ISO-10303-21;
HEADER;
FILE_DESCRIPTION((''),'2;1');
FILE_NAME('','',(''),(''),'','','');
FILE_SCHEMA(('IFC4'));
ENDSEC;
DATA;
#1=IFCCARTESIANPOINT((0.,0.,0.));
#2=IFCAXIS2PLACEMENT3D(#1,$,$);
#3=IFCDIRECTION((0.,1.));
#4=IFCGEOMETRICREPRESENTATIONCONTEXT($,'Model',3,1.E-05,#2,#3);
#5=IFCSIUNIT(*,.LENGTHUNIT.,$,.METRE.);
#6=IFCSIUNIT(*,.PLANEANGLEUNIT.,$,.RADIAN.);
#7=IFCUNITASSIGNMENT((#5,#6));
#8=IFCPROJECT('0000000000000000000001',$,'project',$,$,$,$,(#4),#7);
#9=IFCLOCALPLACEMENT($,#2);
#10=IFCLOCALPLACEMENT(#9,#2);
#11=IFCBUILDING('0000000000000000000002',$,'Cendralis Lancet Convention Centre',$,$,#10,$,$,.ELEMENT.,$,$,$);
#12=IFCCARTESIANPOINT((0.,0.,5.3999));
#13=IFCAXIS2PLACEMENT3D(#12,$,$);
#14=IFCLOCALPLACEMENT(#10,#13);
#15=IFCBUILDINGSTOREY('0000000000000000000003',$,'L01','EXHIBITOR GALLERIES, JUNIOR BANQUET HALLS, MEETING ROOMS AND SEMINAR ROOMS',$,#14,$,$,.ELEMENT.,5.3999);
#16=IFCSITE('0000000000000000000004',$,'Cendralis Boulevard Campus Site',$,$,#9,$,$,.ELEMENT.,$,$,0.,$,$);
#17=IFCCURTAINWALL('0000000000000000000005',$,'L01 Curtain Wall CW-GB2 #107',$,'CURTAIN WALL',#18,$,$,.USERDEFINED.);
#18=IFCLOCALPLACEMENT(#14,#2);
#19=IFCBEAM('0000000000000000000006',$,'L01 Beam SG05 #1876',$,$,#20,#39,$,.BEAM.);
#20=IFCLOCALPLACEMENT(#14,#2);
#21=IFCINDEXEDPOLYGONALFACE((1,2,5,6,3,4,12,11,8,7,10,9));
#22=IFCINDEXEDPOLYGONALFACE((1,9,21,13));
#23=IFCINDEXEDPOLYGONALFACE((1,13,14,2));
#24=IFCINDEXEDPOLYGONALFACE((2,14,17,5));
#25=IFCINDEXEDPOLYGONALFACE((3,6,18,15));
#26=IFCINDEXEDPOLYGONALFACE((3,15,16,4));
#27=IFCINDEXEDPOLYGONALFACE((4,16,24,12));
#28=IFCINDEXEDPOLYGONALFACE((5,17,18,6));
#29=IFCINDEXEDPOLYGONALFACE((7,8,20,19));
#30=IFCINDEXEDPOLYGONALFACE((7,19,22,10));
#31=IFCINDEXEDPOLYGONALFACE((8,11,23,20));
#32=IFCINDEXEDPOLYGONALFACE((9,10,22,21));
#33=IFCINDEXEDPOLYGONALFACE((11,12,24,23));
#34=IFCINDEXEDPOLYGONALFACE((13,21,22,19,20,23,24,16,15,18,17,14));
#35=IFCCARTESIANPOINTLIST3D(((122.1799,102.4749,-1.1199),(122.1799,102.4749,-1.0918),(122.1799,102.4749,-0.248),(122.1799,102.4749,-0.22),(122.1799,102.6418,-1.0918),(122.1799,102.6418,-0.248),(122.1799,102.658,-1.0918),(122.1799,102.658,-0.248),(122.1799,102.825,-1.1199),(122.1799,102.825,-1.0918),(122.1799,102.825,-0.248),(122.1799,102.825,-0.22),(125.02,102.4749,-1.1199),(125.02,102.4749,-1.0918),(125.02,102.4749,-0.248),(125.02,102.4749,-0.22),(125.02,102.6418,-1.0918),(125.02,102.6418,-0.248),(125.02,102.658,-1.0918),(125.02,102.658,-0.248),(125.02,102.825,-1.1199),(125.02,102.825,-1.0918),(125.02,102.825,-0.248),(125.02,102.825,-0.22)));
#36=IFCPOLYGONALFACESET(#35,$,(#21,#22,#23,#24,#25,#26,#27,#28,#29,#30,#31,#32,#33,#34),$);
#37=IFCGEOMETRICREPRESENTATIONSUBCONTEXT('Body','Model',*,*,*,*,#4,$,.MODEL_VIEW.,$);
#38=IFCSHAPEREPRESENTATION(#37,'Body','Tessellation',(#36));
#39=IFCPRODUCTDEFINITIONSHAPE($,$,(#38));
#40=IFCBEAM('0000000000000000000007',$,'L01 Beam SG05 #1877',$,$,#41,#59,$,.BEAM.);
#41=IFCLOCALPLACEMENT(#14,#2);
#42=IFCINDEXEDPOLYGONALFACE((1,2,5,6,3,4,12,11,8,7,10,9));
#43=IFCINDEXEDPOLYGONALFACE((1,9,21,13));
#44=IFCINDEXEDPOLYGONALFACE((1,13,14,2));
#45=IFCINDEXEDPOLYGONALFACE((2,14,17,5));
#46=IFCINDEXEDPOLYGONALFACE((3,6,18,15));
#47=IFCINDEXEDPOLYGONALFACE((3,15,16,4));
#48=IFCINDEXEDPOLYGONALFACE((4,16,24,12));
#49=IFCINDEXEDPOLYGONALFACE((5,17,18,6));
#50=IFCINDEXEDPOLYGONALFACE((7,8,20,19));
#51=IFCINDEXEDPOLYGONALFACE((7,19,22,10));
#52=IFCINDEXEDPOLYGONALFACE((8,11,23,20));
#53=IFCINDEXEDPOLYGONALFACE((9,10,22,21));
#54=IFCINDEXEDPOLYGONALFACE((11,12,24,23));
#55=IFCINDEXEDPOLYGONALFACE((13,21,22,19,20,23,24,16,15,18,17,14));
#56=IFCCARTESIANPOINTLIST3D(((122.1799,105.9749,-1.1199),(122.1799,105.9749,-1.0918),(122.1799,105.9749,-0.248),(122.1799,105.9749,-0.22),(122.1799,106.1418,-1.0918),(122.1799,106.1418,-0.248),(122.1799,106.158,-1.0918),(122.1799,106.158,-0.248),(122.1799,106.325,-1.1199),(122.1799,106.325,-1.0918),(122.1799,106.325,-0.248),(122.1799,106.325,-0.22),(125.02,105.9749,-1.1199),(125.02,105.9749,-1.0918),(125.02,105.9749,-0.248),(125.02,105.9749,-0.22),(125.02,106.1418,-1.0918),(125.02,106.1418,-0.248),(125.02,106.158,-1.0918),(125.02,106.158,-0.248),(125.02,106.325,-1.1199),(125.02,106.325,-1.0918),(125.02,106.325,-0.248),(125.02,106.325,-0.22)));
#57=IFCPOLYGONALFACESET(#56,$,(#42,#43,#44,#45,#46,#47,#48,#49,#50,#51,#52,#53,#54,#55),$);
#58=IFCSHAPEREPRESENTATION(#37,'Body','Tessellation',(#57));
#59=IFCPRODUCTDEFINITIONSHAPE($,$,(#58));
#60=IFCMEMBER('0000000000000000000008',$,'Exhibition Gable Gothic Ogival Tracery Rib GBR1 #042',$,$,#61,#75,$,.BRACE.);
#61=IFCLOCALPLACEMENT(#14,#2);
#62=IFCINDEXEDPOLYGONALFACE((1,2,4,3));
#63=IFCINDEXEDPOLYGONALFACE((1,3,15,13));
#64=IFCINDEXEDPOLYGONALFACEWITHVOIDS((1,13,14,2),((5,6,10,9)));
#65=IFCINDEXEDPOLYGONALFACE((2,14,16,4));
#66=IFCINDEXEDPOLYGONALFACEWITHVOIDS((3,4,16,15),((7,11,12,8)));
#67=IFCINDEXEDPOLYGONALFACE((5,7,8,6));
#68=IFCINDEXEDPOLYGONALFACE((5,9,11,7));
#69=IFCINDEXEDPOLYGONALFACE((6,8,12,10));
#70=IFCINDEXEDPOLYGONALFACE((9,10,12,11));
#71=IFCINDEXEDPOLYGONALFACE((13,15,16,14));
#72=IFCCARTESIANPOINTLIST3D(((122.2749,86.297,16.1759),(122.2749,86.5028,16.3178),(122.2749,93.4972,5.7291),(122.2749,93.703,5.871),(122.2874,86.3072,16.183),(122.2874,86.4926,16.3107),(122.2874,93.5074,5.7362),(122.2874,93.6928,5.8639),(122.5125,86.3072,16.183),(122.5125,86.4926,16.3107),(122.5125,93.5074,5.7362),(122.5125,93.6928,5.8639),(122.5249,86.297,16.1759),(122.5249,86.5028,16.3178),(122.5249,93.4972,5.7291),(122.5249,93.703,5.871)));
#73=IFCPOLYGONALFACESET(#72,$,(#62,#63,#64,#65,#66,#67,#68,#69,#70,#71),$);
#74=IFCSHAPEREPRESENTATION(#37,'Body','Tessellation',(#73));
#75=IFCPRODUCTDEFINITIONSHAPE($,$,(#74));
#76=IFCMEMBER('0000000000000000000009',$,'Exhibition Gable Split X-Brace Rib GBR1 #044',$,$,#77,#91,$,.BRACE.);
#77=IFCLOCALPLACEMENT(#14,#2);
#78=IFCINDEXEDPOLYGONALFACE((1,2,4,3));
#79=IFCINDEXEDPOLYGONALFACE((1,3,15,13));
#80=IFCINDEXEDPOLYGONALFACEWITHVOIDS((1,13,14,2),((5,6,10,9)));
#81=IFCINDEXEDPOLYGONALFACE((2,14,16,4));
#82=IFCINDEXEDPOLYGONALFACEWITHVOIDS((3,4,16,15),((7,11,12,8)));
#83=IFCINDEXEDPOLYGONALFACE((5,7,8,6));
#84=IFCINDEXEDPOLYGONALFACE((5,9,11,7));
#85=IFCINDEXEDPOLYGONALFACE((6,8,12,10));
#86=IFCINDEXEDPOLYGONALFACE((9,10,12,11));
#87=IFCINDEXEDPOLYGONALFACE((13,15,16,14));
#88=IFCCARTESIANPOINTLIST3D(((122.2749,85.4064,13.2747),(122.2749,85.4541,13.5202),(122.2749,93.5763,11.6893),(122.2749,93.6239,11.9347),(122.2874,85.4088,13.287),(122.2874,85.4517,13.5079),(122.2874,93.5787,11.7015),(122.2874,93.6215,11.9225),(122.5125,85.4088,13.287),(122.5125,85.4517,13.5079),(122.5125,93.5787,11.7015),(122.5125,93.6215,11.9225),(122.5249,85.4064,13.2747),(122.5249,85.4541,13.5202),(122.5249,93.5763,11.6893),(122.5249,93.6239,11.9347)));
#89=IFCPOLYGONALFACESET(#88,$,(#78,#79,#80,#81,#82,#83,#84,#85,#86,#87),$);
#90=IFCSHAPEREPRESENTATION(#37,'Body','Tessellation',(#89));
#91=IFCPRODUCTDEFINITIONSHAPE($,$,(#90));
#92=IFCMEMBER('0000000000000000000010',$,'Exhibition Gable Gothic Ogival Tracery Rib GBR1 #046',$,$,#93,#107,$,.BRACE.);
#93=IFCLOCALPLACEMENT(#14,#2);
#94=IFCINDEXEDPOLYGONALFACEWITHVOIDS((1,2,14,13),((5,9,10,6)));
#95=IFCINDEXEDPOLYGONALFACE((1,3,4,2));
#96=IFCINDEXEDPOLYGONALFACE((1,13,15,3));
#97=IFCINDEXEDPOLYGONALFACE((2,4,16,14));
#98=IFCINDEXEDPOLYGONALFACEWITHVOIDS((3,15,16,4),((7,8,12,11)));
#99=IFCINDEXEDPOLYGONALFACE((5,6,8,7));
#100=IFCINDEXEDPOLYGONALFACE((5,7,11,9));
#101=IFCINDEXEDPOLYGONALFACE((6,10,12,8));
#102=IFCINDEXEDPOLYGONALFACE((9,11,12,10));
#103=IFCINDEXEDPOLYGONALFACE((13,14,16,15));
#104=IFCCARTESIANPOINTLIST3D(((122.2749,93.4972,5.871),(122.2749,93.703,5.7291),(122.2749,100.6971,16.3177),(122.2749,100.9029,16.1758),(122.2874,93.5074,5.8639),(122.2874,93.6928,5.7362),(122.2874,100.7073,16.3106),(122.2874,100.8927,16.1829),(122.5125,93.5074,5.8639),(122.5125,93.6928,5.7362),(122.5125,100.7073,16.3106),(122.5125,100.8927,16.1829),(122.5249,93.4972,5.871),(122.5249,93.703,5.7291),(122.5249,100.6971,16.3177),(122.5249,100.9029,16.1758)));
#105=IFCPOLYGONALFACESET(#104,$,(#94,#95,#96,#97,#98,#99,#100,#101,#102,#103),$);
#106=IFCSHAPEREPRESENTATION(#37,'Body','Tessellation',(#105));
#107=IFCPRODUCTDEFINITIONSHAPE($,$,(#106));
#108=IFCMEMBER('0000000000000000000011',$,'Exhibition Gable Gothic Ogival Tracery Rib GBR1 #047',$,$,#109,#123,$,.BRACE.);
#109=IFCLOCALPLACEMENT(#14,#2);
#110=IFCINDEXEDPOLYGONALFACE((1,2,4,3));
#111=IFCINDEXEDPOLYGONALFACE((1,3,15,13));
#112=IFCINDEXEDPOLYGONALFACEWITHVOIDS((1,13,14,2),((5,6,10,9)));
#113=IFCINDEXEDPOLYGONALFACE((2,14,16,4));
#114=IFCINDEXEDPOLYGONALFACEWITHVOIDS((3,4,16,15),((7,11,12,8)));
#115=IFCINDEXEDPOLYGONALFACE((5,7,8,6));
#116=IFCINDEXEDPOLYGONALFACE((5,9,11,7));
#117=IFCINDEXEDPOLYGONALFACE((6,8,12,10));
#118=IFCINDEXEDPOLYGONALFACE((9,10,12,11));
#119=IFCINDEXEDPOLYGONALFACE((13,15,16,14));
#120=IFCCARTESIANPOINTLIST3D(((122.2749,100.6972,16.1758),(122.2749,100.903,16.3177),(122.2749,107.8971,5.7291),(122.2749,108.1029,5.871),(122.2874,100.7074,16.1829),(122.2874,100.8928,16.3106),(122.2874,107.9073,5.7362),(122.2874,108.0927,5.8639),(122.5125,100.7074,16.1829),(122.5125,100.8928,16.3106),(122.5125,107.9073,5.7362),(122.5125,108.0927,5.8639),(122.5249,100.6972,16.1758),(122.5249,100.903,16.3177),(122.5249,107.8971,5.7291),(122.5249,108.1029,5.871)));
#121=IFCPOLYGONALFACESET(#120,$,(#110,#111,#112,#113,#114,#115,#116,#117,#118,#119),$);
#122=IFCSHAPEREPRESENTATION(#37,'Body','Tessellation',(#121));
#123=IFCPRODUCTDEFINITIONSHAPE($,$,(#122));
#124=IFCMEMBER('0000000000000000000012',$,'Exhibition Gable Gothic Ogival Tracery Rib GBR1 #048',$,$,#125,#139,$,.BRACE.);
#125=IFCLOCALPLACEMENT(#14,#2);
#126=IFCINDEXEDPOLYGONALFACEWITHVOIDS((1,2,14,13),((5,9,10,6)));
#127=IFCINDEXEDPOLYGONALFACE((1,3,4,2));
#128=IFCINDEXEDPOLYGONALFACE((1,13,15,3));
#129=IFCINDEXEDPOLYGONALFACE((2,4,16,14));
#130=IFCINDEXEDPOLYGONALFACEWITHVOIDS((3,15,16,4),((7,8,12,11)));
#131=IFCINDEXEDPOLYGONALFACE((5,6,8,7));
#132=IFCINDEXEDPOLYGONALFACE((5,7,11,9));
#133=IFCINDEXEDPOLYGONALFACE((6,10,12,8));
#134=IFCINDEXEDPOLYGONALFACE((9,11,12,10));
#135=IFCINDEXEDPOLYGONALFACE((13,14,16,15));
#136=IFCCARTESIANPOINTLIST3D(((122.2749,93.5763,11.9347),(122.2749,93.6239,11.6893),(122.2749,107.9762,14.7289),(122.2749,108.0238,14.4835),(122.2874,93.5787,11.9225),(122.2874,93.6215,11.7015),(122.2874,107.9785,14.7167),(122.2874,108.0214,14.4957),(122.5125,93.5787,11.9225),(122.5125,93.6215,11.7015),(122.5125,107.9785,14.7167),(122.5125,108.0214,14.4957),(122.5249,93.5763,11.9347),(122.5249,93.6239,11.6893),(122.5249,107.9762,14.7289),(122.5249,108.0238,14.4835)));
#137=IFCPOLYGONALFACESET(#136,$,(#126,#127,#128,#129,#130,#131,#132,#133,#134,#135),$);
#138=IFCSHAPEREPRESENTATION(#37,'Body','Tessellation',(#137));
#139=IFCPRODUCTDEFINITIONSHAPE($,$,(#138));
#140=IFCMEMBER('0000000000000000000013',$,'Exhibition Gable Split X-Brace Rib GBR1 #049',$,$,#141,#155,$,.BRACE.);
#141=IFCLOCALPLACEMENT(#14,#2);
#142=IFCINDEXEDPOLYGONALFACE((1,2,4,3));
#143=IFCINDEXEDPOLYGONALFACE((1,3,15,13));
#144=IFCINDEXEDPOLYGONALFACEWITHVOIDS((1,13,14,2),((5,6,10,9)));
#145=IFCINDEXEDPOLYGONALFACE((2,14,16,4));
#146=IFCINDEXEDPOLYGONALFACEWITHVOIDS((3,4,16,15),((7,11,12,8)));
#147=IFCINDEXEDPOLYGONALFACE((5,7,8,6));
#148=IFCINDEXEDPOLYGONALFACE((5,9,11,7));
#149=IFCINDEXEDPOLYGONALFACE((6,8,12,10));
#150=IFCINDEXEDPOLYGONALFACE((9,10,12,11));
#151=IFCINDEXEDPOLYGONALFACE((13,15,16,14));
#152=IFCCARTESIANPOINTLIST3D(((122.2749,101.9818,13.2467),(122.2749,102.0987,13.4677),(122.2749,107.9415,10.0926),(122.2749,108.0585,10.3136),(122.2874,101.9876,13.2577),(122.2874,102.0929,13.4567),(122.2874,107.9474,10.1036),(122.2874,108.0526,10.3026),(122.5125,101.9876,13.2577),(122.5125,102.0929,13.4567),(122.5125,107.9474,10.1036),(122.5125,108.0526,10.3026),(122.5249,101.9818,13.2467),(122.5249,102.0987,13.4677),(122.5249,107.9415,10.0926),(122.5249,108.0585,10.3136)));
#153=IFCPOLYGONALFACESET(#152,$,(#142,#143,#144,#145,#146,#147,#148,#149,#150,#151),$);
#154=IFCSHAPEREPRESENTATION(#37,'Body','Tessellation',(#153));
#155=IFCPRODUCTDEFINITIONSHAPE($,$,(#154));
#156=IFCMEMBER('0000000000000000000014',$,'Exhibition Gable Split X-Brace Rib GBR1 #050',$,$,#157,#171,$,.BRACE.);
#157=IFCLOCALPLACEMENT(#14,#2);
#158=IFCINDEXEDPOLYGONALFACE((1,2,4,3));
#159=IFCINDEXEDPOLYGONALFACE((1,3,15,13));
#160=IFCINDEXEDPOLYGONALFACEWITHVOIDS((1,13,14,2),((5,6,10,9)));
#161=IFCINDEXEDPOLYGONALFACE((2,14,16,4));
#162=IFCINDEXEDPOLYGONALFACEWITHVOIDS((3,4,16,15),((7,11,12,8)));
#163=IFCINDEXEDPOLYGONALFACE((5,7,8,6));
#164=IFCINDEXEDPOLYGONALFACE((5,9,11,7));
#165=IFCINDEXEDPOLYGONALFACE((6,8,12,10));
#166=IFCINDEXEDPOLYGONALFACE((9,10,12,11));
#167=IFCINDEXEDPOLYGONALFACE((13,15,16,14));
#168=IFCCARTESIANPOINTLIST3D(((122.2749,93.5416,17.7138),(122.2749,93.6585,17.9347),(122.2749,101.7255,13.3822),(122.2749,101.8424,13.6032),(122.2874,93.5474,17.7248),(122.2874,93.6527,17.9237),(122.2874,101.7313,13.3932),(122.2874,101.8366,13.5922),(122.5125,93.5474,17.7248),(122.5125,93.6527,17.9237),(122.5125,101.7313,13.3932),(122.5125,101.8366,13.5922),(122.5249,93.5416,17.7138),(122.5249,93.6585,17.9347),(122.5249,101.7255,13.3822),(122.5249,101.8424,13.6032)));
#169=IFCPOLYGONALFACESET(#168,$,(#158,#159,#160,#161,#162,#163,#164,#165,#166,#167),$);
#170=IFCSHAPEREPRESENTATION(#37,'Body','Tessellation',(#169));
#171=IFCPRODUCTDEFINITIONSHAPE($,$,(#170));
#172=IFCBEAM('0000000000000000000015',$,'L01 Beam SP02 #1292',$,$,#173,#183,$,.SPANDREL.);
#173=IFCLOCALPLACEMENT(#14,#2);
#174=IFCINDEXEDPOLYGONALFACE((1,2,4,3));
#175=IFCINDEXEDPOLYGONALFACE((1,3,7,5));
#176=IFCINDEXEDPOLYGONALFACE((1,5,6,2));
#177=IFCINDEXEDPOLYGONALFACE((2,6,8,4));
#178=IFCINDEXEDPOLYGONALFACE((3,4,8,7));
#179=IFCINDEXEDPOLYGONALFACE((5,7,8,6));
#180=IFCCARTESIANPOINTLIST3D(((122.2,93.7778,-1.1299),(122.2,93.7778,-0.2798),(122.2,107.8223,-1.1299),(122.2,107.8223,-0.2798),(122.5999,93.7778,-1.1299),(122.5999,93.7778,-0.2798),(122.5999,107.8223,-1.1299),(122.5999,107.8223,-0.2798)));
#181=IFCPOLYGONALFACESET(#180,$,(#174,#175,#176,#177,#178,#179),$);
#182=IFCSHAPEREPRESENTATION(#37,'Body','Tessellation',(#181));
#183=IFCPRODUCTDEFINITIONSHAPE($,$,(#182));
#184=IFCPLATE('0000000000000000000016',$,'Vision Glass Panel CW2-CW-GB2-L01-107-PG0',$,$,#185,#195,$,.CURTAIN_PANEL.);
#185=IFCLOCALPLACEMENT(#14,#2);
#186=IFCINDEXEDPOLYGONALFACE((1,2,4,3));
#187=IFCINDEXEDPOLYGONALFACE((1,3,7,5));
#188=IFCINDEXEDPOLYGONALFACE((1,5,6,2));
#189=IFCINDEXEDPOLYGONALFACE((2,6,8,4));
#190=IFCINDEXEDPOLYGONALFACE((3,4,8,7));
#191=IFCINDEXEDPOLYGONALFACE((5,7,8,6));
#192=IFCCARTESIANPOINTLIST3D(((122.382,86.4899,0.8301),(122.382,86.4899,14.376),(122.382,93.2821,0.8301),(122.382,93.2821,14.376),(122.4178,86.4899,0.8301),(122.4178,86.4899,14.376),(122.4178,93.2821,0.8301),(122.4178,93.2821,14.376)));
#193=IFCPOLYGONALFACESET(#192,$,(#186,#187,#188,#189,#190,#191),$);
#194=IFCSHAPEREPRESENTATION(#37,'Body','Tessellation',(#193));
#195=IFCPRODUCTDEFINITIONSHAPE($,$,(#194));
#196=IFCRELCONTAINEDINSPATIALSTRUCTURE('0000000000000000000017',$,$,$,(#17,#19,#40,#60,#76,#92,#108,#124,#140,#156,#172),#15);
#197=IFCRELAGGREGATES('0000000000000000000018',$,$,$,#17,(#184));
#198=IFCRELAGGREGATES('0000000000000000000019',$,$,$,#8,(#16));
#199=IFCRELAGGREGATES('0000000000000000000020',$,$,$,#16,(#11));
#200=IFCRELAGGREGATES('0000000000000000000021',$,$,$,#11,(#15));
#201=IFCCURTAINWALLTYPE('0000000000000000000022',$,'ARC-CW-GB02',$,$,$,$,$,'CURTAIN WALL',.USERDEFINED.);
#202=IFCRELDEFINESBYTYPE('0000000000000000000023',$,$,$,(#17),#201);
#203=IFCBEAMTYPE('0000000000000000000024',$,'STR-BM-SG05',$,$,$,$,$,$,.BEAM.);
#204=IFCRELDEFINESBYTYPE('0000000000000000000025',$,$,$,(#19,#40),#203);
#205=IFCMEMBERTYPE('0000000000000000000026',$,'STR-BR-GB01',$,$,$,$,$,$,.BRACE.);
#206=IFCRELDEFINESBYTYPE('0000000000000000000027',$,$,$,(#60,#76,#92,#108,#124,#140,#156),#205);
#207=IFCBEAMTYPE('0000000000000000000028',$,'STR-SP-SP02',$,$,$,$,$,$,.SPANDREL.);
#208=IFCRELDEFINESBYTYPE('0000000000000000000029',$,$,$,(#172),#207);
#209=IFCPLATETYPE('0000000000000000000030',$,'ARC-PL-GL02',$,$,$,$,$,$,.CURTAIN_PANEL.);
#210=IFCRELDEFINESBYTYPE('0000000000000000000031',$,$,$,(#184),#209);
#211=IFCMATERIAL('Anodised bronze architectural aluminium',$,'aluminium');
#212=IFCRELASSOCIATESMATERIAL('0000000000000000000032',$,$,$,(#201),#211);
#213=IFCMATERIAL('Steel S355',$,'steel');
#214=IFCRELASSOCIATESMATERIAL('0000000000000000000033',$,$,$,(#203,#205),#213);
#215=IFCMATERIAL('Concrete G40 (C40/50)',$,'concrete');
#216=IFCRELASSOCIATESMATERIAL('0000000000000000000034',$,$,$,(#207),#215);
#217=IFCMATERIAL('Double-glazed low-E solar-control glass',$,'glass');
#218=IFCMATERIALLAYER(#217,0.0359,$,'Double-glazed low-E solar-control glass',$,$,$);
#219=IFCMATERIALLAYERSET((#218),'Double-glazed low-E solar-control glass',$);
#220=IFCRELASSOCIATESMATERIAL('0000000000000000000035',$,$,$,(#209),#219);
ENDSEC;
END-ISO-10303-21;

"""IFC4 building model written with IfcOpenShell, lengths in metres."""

from ifc_helpers import new_model, si_unit, direction, frame, origin, origin_2d, place, context, subcontext, project, spatial, rectangle, hollow_rectangle, i_section, extrude, material, layer, layer_set, material_profile, profile_set, type_object, element, aggregate, save


model = new_model("IFC4")

# Units and contexts
model_context = context("Model", 3, precision=1e-05, world=origin(), true_north=direction((0.0, 1.0)))
body_context = subcontext(model_context, "Body", "Model", "MODEL_VIEW")
ifc_project = project(units=[si_unit("LENGTHUNIT", "METRE"), si_unit("PLANEANGLEUNIT", "RADIAN")], contexts=[model_context])

# Site, building, storey
site_placement = place(None, origin())
site = spatial("IfcSite", under=ifc_project, at=site_placement, Name="Cendralis Boulevard Campus Site", CompositionType="ELEMENT", RefElevation=0.0)
building_placement = place(site_placement, origin())
building = spatial("IfcBuilding", under=site, at=building_placement, Name="Cendralis Lancet Convention Centre", CompositionType="ELEMENT")
storey_placement = place(building_placement, frame((0.0, 0.0, 5.3999)))
storey = spatial("IfcBuildingStorey", under=building, at=storey_placement, Name="L01", Description="EXHIBITOR GALLERIES, JUNIOR BANQUET HALLS, MEETING ROOMS AND SEMINAR ROOMS", CompositionType="ELEMENT", Elevation=5.3999)

# Shared definitions
ifc_material_1 = material(Name="Steel S355", Category="steel")

# Curtain wall
ifc_material_2 = material(Name="Anodised bronze architectural aluminium", Category="aluminium")
curtain_wall_type = type_object("IfcCurtainWallType", Name="ARC-CW-GB02", ElementType="CURTAIN WALL", PredefinedType="USERDEFINED", material=ifc_material_2)
curtain_wall_placement = place(storey_placement, origin())
curtain_wall = element("IfcCurtainWall", 1, at=curtain_wall_placement, inside=storey, type_object=curtain_wall_type, Name="L01 Curtain Wall CW-GB2 #107", ObjectType="CURTAIN WALL", PredefinedType="USERDEFINED")

# Beams
ifc_material_profile_1 = material_profile(ifc_material_1, i_section(OverallWidth=0.3501, OverallDepth=0.8999, WebThickness=0.0161, FlangeThickness=0.0281, at=origin_2d()), Name="PG 900x350")
ifc_profile_set_1 = profile_set([ifc_material_profile_1], Name="Steel S355")
beam_type_1 = type_object("IfcBeamType", Name="STR-BM-SG05", PredefinedType="BEAM", material=ifc_profile_set_1)
for number, where, z_axis, x_axis, name in (
    (2, (122.1799, 102.6499, -0.6699), (1.0, 0.0, 0.0), (0.0, 1.0, 0.0), "L01 Beam SG05 #1876"),
    (3, (122.1799, 106.1499, -0.6699), (1.0, 0.0, 0.0), (0.0, 1.0, 0.0), "L01 Beam SG05 #1877"),
):
    element("IfcBeam", number, at=place(storey_placement, frame(where, z_axis=z_axis, x_axis=x_axis)), inside=storey, type_object=beam_type_1, Name=name, PredefinedType="BEAM", context=body_context, shape_type="SweptSolid", body=[
        extrude(i_section(OverallWidth=0.3501, OverallDepth=0.8999, WebThickness=0.0161, FlangeThickness=0.0281, at=origin_2d()), origin(), (0.0, 0.0, 1.0), 2.8401),
    ])

# Members
ifc_material_profile_2 = material_profile(ifc_material_1, hollow_rectangle(XDim=0.25, YDim=0.25, WallThickness=0.0125, at=origin_2d()), Name="SHS 250x250x12.5")
ifc_profile_set_2 = profile_set([ifc_material_profile_2], Name="Steel S355")
member_type_1 = type_object("IfcMemberType", Name="STR-BR-GB01", PredefinedType="BRACE", material=ifc_profile_set_2)
member_1_placement = place(storey_placement, frame((122.3999, 93.6001, 5.8), z_axis=(0.0, -0.567494, 0.823378), x_axis=(1.0, 0.0, 0.0)))
element("IfcMember", 4, at=member_1_placement, inside=storey, type_object=member_type_1, Name="Exhibition Gable Gothic Ogival Tracery Rib GBR1 #042", PredefinedType="BRACE", context=body_context, shape_type="SweptSolid", body=[
    extrude(hollow_rectangle(XDim=0.25, YDim=0.25, WallThickness=0.0125, at=origin_2d()), origin(), (0.0, 0.0, 1.0), 12.6877),
])
member_2_placement = place(storey_placement, frame((122.3999, 93.6001, 11.812), z_axis=(0.0, -0.981686, 0.190505), x_axis=(1.0, 0.0, 0.0)))
element("IfcMember", 5, at=member_2_placement, inside=storey, type_object=member_type_1, Name="Exhibition Gable Split X-Brace Rib GBR1 #044", PredefinedType="BRACE", context=body_context, shape_type="SweptSolid", body=[
    extrude(hollow_rectangle(XDim=0.25, YDim=0.25, WallThickness=0.0125, at=origin_2d()), origin(), (0.0, 0.0, 1.0), 8.3223),
])
for number, where, z_axis, x_axis, name in (
    (6, (122.3999, 93.6001, 5.8), (0.0, 0.567481, 0.823387), (-1.0, 0.0, 0.0), "Exhibition Gable Gothic Ogival Tracery Rib GBR1 #046"),
    (7, (122.3999, 108.0, 5.8), (0.0, -0.567481, 0.823387), (1.0, 0.0, 0.0), "Exhibition Gable Gothic Ogival Tracery Rib GBR1 #047"),
):
    element("IfcMember", number, at=place(storey_placement, frame(where, z_axis=z_axis, x_axis=x_axis)), inside=storey, type_object=member_type_1, Name=name, PredefinedType="BRACE", context=body_context, shape_type="SweptSolid", body=[
        extrude(hollow_rectangle(XDim=0.25, YDim=0.25, WallThickness=0.0125, at=origin_2d()), origin(), (0.0, 0.0, 1.0), 12.6875),
    ])
member_3_placement = place(storey_placement, frame((122.3999, 93.6001, 11.812), z_axis=(0.0, 0.981689, 0.190489), x_axis=(-1.0, 0.0, 0.0)))
element("IfcMember", 8, at=member_3_placement, inside=storey, type_object=member_type_1, Name="Exhibition Gable Gothic Ogival Tracery Rib GBR1 #048", PredefinedType="BRACE", context=body_context, shape_type="SweptSolid", body=[
    extrude(hollow_rectangle(XDim=0.25, YDim=0.25, WallThickness=0.0125, at=origin_2d()), origin(), (0.0, 0.0, 1.0), 14.6685),
])
member_4_placement = place(storey_placement, frame((122.3999, 108.0, 10.2031), z_axis=(0.0, -0.883855, 0.467761), x_axis=(1.0, 0.0, 0.0)))
element("IfcMember", 9, at=member_4_placement, inside=storey, type_object=member_type_1, Name="Exhibition Gable Split X-Brace Rib GBR1 #049", PredefinedType="BRACE", context=body_context, shape_type="SweptSolid", body=[
    extrude(hollow_rectangle(XDim=0.25, YDim=0.25, WallThickness=0.0125, at=origin_2d()), origin(), (0.0, 0.0, 1.0), 6.7429),
])
member_5_placement = place(storey_placement, frame((122.3999, 101.7839, 13.4927), z_axis=(0.0, -0.883836, 0.467797), x_axis=(1.0, 0.0, 0.0)))
element("IfcMember", 10, at=member_5_placement, inside=storey, type_object=member_type_1, Name="Exhibition Gable Split X-Brace Rib GBR1 #050", PredefinedType="BRACE", context=body_context, shape_type="SweptSolid", body=[
    extrude(hollow_rectangle(XDim=0.25, YDim=0.25, WallThickness=0.0125, at=origin_2d()), origin(), (0.0, 0.0, 1.0), 9.2595),
])

# Beam
ifc_material_3 = material(Name="Concrete G40 (C40/50)", Category="concrete")
ifc_material_profile_3 = material_profile(ifc_material_3, rectangle(XDim=0.3999, YDim=0.8501, at=origin_2d()), Name="RCB 400x850")
ifc_profile_set_3 = profile_set([ifc_material_profile_3], Name="Concrete G40 (C40/50)")
beam_type_2 = type_object("IfcBeamType", Name="STR-SP-SP02", PredefinedType="SPANDREL", material=ifc_profile_set_3)
beam_placement = place(storey_placement, frame((122.3999, 93.7778, -0.7048), z_axis=(0.0, 1.0, 0.0), x_axis=(-1.0, 0.0, 0.0)))
element("IfcBeam", 11, at=beam_placement, inside=storey, type_object=beam_type_2, Name="L01 Beam SP02 #1292", PredefinedType="SPANDREL", context=body_context, shape_type="SweptSolid", body=[
    extrude(rectangle(XDim=0.3999, YDim=0.8501, at=origin_2d()), origin(), (0.0, 0.0, 1.0), 14.0444),
])

# Plate
ifc_material_4 = material(Name="Double-glazed low-E solar-control glass", Category="glass")
ifc_layer_1 = layer(ifc_material_4, 0.0359, Name="Double-glazed low-E solar-control glass")
ifc_layer_set_1 = layer_set([ifc_layer_1], Name="Double-glazed low-E solar-control glass")
plate_type_1 = type_object("IfcPlateType", Name="ARC-PL-GL02", PredefinedType="CURTAIN_PANEL", material=ifc_layer_set_1)
plate_1_placement = place(storey_placement, frame((122.3999, 89.886, 0.8301), z_axis=(0.0, 0.0, 1.0), x_axis=(0.0, -1.0, 0.0)))
plate_1 = element("IfcPlate", 12, at=plate_1_placement, type_object=plate_type_1, Name="Vision Glass Panel CW2-CW-GB2-L01-107-PG0", PredefinedType="CURTAIN_PANEL", context=body_context, shape_type="SweptSolid", body=[
    extrude(rectangle(XDim=6.7922, YDim=0.0359, at=origin_2d()), origin(), (0.0, 0.0, 1.0), 13.5459),
])
aggregate(curtain_wall, [plate_1])

save(model, "model.ifc")
